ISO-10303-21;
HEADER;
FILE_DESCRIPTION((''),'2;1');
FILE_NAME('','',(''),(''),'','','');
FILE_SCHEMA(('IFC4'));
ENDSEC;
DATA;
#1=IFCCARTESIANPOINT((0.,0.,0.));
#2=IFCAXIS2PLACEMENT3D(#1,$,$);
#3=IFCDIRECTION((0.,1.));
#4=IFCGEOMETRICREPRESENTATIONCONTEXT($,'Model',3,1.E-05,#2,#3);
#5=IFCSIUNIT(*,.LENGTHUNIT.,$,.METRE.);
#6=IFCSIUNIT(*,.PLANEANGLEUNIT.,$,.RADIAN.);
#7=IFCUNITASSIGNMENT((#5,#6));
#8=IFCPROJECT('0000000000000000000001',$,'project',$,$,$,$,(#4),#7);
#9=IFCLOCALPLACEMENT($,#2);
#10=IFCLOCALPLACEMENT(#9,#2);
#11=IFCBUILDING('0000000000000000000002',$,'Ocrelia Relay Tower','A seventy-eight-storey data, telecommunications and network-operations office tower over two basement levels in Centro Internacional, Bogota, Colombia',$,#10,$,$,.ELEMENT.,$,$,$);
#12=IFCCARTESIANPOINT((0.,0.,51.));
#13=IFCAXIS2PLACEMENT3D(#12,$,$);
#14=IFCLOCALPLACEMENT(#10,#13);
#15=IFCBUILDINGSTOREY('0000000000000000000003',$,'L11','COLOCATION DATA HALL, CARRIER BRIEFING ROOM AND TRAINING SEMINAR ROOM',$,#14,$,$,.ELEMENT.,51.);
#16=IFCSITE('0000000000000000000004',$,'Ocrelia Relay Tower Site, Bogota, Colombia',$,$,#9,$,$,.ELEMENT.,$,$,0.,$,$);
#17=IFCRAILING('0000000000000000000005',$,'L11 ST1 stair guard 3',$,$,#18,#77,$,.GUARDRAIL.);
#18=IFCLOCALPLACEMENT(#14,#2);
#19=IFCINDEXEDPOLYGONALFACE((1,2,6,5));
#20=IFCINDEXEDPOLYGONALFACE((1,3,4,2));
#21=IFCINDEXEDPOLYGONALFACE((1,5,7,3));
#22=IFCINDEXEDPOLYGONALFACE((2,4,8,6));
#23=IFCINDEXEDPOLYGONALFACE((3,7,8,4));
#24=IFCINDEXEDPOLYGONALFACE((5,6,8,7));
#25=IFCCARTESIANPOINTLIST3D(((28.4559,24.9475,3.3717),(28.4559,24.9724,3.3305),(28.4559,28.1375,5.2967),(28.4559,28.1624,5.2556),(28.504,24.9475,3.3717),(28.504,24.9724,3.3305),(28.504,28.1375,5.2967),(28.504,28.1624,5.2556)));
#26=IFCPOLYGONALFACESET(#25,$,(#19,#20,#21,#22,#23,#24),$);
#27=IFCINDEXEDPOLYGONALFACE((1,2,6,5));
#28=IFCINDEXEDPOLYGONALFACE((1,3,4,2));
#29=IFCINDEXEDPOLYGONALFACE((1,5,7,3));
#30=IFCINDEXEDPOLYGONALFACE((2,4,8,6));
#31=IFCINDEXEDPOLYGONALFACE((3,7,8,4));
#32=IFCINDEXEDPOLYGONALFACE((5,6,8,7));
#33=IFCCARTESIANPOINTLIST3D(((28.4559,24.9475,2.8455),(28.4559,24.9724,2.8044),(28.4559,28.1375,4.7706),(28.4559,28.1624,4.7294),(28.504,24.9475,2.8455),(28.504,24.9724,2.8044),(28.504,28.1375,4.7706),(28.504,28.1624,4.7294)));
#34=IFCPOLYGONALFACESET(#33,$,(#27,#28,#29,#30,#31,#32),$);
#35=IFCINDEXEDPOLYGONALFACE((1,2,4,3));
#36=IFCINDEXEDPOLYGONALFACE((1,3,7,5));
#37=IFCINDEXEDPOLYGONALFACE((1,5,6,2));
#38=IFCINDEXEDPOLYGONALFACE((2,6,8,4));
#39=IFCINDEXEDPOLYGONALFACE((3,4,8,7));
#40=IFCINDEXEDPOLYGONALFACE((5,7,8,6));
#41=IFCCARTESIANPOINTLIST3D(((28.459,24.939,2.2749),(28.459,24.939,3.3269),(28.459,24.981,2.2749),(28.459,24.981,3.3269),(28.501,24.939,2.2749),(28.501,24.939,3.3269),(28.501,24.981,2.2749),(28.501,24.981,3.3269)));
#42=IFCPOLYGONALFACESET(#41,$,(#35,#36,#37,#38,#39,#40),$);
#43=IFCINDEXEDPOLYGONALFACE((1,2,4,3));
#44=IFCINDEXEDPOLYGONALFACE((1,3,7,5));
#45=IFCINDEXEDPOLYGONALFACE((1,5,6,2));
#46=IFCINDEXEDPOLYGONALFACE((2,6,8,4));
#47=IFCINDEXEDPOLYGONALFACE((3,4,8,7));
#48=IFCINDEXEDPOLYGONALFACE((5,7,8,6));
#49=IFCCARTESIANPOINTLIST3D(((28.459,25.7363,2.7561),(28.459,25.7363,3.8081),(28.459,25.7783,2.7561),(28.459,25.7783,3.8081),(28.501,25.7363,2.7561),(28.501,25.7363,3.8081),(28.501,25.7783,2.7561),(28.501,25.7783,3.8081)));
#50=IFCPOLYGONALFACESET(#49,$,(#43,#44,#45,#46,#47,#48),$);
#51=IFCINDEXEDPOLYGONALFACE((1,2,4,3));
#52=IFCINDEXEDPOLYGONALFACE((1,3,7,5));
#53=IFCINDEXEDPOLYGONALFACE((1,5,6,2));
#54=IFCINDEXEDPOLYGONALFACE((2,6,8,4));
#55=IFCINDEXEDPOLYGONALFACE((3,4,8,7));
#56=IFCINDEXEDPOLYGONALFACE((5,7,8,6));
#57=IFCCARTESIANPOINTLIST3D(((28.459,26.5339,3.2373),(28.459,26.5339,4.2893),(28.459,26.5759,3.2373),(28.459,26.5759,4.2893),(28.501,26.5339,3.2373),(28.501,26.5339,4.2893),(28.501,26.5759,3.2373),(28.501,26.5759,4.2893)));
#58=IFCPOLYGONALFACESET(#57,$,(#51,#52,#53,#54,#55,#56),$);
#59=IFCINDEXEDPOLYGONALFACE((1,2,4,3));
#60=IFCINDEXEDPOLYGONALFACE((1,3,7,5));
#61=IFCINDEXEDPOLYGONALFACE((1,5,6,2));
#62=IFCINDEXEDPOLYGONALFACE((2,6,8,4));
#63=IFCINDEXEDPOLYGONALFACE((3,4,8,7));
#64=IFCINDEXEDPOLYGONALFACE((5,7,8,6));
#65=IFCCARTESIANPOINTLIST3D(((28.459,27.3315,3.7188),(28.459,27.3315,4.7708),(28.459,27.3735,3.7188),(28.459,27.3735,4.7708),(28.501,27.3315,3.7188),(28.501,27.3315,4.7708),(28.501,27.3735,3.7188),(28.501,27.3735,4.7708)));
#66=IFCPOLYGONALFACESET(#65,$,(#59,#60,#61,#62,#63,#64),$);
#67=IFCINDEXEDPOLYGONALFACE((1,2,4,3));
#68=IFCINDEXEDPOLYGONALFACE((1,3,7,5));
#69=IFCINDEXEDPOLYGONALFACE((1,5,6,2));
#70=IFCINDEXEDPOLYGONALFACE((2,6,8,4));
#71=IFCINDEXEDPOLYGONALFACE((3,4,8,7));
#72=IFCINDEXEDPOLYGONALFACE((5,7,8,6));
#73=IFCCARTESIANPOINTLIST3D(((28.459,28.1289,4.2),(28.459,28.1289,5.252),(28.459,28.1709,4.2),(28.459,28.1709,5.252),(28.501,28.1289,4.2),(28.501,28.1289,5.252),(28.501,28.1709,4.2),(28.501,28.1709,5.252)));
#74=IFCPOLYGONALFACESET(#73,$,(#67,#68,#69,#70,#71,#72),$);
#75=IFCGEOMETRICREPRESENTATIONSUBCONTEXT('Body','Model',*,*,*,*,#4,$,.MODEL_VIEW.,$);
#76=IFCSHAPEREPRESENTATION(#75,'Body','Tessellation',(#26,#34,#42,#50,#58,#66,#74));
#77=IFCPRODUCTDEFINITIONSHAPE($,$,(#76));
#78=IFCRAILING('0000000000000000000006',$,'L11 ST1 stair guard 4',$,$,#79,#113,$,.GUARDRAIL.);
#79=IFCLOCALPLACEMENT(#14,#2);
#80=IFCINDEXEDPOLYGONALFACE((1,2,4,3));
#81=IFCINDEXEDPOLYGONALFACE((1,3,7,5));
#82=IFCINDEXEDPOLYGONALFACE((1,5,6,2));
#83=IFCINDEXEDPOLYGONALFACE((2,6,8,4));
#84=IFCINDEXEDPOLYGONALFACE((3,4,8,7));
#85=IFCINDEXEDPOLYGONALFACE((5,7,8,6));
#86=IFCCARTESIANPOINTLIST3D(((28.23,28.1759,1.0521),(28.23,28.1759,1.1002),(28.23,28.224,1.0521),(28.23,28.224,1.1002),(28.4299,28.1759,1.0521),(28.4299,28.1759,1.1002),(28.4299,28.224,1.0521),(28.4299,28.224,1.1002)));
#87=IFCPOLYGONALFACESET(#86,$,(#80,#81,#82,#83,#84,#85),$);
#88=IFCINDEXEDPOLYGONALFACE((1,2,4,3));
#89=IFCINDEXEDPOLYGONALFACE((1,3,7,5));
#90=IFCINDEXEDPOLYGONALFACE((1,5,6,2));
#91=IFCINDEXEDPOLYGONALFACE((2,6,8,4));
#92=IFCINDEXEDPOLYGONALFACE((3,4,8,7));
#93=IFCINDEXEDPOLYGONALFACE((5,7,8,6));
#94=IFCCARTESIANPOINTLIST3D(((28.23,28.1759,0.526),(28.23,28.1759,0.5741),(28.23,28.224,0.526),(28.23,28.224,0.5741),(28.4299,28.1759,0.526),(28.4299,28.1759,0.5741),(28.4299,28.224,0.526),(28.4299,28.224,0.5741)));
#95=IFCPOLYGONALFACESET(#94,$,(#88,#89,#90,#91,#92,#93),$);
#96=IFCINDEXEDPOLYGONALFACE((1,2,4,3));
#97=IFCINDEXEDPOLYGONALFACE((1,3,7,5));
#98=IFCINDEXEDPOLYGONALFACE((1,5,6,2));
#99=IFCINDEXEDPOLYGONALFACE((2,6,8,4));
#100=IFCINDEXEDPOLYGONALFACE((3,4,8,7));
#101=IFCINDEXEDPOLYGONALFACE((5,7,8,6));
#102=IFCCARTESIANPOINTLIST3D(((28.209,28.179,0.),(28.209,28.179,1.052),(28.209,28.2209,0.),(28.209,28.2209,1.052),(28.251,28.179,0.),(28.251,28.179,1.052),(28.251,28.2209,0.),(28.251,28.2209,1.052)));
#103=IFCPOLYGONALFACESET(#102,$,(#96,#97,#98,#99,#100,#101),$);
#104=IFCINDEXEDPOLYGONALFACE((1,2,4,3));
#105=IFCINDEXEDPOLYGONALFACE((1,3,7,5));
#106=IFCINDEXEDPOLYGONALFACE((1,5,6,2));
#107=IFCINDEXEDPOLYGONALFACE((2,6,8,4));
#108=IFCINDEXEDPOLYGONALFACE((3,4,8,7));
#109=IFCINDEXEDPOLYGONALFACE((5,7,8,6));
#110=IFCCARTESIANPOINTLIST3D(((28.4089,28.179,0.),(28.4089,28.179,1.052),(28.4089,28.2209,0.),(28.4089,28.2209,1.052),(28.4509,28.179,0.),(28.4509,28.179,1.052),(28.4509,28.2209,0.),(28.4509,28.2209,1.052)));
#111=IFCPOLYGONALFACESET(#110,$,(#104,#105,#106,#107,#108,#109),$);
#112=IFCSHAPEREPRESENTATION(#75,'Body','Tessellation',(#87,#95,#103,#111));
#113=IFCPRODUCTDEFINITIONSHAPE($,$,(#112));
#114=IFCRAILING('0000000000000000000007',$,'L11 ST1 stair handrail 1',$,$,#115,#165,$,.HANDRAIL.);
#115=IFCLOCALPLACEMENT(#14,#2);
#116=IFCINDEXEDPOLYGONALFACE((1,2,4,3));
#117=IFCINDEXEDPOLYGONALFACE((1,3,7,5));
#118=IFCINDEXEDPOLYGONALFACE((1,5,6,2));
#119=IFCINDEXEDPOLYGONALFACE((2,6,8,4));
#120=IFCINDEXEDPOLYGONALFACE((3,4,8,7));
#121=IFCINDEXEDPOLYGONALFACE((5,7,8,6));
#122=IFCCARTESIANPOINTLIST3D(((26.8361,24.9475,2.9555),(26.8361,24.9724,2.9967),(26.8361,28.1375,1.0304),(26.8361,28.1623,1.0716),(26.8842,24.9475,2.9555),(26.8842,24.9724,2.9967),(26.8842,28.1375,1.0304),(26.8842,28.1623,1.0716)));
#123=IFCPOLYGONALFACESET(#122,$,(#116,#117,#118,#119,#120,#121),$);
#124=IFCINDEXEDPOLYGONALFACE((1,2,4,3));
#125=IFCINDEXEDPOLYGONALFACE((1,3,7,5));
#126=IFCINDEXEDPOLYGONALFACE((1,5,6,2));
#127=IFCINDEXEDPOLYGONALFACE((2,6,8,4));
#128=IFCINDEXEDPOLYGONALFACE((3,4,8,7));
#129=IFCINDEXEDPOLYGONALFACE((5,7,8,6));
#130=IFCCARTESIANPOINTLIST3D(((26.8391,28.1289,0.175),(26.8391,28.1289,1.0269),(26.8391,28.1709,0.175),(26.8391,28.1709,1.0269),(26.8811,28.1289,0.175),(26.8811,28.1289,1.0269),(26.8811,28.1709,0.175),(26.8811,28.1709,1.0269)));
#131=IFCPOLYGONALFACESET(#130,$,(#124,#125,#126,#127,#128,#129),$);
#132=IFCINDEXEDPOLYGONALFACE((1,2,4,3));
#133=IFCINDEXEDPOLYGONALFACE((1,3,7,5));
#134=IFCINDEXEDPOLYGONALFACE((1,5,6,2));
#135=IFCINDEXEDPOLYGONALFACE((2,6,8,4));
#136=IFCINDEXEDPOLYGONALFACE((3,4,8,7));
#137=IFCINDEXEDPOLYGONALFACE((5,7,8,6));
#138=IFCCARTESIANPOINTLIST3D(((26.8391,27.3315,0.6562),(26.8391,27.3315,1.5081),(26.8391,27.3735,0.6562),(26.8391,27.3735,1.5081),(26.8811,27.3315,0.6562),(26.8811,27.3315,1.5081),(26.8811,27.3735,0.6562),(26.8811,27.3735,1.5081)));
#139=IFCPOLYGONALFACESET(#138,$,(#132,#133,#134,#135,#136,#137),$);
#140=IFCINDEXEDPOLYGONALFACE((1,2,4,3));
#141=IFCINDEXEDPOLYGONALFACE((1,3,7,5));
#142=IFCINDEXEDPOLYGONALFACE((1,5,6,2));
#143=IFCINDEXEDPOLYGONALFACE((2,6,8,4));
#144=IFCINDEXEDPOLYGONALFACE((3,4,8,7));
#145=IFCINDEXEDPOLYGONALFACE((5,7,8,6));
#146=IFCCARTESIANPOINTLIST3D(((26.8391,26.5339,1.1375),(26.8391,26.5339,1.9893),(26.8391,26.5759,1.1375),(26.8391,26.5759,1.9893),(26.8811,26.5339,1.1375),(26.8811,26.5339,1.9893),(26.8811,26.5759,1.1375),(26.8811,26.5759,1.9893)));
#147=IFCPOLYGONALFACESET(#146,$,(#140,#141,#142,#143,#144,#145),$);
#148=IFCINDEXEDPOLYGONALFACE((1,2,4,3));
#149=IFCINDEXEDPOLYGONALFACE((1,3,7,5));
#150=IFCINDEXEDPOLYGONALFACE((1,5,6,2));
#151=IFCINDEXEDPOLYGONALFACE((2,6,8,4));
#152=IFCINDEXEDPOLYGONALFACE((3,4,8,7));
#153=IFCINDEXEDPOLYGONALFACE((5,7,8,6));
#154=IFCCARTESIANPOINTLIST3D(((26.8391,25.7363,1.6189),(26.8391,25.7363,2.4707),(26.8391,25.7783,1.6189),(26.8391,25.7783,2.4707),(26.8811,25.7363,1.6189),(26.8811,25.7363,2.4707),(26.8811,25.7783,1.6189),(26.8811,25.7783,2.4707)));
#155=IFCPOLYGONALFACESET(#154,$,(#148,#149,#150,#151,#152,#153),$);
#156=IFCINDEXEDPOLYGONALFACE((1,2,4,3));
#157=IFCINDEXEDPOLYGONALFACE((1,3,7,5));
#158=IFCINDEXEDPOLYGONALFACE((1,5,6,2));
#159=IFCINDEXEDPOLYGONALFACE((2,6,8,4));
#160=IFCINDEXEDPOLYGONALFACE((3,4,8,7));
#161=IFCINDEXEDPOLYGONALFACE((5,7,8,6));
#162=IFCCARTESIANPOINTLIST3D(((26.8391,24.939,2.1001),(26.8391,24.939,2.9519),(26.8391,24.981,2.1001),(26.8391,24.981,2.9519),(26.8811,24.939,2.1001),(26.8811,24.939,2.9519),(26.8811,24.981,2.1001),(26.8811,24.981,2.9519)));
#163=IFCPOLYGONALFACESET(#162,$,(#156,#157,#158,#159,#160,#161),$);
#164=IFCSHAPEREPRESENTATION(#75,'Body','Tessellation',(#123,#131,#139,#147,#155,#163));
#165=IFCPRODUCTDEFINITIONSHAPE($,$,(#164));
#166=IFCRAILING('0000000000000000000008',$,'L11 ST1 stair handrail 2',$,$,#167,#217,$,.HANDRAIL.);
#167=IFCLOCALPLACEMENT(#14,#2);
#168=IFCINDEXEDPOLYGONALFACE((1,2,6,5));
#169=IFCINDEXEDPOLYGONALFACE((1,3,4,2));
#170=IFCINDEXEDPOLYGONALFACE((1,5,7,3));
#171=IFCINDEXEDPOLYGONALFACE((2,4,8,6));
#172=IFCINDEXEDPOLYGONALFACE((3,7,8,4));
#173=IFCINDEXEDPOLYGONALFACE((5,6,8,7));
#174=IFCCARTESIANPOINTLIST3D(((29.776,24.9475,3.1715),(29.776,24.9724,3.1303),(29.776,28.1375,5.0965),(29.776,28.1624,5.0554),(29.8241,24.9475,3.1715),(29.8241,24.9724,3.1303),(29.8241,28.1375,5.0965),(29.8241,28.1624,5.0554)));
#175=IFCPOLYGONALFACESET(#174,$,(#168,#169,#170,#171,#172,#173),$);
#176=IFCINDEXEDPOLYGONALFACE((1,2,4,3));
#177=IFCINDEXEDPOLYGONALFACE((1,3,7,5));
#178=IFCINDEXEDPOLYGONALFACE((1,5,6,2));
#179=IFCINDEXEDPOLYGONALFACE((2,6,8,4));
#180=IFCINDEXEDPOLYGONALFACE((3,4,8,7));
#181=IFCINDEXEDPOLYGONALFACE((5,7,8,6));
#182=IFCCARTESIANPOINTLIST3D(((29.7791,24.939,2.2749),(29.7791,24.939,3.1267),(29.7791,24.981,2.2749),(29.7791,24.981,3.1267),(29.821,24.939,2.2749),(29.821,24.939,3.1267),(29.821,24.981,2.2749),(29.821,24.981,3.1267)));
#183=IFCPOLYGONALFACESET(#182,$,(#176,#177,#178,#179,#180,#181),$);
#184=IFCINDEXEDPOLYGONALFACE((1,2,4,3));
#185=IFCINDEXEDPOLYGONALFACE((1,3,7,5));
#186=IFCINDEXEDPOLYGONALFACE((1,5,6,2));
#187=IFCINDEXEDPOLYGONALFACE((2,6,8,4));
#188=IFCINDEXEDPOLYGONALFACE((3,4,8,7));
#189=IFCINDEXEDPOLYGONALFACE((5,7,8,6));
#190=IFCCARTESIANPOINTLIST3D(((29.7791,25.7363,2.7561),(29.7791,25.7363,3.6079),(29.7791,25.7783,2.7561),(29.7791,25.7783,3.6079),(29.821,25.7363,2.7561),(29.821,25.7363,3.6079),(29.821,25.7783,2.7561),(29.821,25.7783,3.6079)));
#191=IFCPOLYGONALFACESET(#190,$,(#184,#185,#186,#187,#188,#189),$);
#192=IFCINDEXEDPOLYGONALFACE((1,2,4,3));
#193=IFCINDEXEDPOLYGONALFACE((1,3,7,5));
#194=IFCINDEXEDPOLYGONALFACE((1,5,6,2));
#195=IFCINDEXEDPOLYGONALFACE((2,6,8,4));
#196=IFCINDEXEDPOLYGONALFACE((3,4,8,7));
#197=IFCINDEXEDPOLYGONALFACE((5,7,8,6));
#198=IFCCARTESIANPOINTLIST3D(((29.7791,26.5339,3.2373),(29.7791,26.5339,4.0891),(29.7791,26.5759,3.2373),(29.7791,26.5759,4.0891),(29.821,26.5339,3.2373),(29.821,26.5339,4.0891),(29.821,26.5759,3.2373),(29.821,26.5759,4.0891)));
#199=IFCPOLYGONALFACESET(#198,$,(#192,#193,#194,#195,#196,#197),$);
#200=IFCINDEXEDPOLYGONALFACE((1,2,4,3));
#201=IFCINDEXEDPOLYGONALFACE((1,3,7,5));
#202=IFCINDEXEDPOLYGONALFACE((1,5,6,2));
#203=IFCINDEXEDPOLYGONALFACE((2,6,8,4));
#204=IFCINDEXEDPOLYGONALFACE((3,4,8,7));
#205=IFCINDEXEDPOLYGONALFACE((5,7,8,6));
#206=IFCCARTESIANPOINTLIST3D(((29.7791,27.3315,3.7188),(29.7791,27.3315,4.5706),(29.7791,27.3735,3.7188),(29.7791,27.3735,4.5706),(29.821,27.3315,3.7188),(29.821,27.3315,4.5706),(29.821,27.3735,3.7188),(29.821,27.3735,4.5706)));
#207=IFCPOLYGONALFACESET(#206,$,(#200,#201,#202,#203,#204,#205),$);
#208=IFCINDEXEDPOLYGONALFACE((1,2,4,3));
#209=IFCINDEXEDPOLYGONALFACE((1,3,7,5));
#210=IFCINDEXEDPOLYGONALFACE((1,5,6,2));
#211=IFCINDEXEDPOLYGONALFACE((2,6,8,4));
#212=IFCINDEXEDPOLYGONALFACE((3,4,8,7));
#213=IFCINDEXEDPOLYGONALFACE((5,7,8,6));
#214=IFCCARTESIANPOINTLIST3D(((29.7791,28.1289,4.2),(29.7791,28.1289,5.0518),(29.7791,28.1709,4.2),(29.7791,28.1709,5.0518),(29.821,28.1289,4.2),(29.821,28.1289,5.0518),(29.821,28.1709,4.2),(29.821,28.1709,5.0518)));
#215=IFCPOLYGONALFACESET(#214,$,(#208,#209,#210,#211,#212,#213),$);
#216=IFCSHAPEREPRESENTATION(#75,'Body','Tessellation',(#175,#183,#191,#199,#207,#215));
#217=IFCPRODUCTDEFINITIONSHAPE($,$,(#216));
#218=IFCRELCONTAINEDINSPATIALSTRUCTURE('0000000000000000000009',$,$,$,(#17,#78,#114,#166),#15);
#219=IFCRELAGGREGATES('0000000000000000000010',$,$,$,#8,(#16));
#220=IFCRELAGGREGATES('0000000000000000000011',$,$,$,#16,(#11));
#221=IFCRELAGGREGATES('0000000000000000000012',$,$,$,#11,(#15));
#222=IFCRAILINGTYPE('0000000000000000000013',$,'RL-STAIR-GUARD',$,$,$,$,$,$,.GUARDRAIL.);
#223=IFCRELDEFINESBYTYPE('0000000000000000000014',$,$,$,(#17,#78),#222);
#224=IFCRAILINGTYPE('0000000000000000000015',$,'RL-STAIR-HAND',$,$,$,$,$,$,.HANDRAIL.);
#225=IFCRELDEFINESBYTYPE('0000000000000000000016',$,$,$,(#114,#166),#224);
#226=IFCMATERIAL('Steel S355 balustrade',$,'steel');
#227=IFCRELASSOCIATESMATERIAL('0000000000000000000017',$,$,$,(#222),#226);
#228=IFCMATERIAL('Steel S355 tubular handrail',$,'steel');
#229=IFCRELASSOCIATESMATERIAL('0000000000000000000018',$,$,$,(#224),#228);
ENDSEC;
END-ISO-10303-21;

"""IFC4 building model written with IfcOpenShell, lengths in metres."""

from ifc_helpers import new_model, si_unit, direction, frame, origin, origin_2d, place, context, subcontext, project, spatial, rectangle, extrude, material, type_object, element, save


model = new_model("IFC4")

# Units and contexts
model_context = context("Model", 3, precision=1e-05, world=origin(), true_north=direction((0.0, 1.0)))
body_context = subcontext(model_context, "Body", "Model", "MODEL_VIEW")
ifc_project = project(units=[si_unit("LENGTHUNIT", "METRE"), si_unit("PLANEANGLEUNIT", "RADIAN")], contexts=[model_context])

# Site, building, storey
site_placement = place(None, origin())
site = spatial("IfcSite", under=ifc_project, at=site_placement, Name="Ocrelia Relay Tower Site, Bogota, Colombia", CompositionType="ELEMENT", RefElevation=0.0)
building_placement = place(site_placement, origin())
building = spatial("IfcBuilding", under=site, at=building_placement, Name="Ocrelia Relay Tower", Description="A seventy-eight-storey data, telecommunications and network-operations office tower over two basement levels in Centro Internacional, Bogota, Colombia", CompositionType="ELEMENT")
storey_placement = place(building_placement, frame((0.0, 0.0, 51.0)))
storey = spatial("IfcBuildingStorey", under=building, at=storey_placement, Name="L11", Description="COLOCATION DATA HALL, CARRIER BRIEFING ROOM AND TRAINING SEMINAR ROOM", CompositionType="ELEMENT", Elevation=51.0)

# Railings
ifc_material_1 = material(Name="Steel S355 balustrade", Category="steel")
railing_type_1 = type_object("IfcRailingType", Name="RL-STAIR-GUARD", PredefinedType="GUARDRAIL", material=ifc_material_1)
railing_1_placement = place(storey_placement, frame((28.48, 24.96, 2.2749)))
element("IfcRailing", 1, at=railing_1_placement, inside=storey, type_object=railing_type_1, Name="L11 ST1 stair guard 3", PredefinedType="GUARDRAIL", context=body_context, shape_type="SweptSolid", body=[
    extrude(rectangle(XDim=0.0481, YDim=0.0481, at=origin_2d()), frame((0.0, 0.0, 1.0762), z_axis=(0.0, 0.856178, 0.516682), x_axis=(-1.0, 0.0, 0.0)), (0.0, 0.0, 1.0), 3.7258),
    extrude(rectangle(XDim=0.0481, YDim=0.0481, at=origin_2d()), frame((0.0, 0.0, 0.55), z_axis=(0.0, 0.856178, 0.516682), x_axis=(-1.0, 0.0, 0.0)), (0.0, 0.0, 1.0), 3.7258),
    extrude(rectangle(XDim=0.042, YDim=0.042, at=origin_2d()), origin(), (0.0, 0.0, 1.0), 1.052),
    extrude(rectangle(XDim=0.042, YDim=0.042, at=origin_2d()), frame((0.0, 0.7974, 0.4812)), (0.0, 0.0, 1.0), 1.052),
    extrude(rectangle(XDim=0.042, YDim=0.042, at=origin_2d()), frame((0.0, 1.595, 0.9624)), (0.0, 0.0, 1.0), 1.052),
    extrude(rectangle(XDim=0.042, YDim=0.042, at=origin_2d()), frame((0.0, 2.3926, 1.4438)), (0.0, 0.0, 1.0), 1.052),
    extrude(rectangle(XDim=0.042, YDim=0.042, at=origin_2d()), frame((0.0, 3.1899, 1.925)), (0.0, 0.0, 1.0), 1.052),
])
railing_2_placement = place(storey_placement, frame((28.23, 28.2, 0.0)))
element("IfcRailing", 2, at=railing_2_placement, inside=storey, type_object=railing_type_1, Name="L11 ST1 stair guard 4", PredefinedType="GUARDRAIL", context=body_context, shape_type="SweptSolid", body=[
    extrude(rectangle(XDim=0.0481, YDim=0.0481, at=origin_2d()), frame((0.0, 0.0, 1.0762), z_axis=(1.0, 0.0, 0.0), x_axis=(0.0, 1.0, 0.0)), (0.0, 0.0, 1.0), 0.2),
    extrude(rectangle(XDim=0.0481, YDim=0.0481, at=origin_2d()), frame((0.0, 0.0, 0.55), z_axis=(1.0, 0.0, 0.0), x_axis=(0.0, 1.0, 0.0)), (0.0, 0.0, 1.0), 0.2),
    extrude(rectangle(XDim=0.042, YDim=0.042, at=origin_2d()), origin(), (0.0, 0.0, 1.0), 1.052),
    extrude(rectangle(XDim=0.042, YDim=0.042, at=origin_2d()), frame((0.2, 0.0, 0.0)), (0.0, 0.0, 1.0), 1.052),
])
ifc_material_2 = material(Name="Steel S355 tubular handrail", Category="steel")
railing_type_2 = type_object("IfcRailingType", Name="RL-STAIR-HAND", PredefinedType="HANDRAIL", material=ifc_material_2)
railing_3_placement = place(storey_placement, frame((26.8601, 28.1499, 0.175)))
element("IfcRailing", 3, at=railing_3_placement, inside=storey, type_object=railing_type_2, Name="L11 ST1 stair handrail 1", PredefinedType="HANDRAIL", context=body_context, shape_type="SweptSolid", body=[
    extrude(rectangle(XDim=0.0481, YDim=0.0481, at=origin_2d()), frame((0.0, 0.0, 0.876), z_axis=(0.0, -0.856178, 0.516682), x_axis=(1.0, 0.0, 0.0)), (0.0, 0.0, 1.0), 3.7258),
    extrude(rectangle(XDim=0.042, YDim=0.042, at=origin_2d()), origin(), (0.0, 0.0, 1.0), 0.8518),
    extrude(rectangle(XDim=0.042, YDim=0.042, at=origin_2d()), frame((0.0, -0.7974, 0.4812)), (0.0, 0.0, 1.0), 0.8518),
    extrude(rectangle(XDim=0.042, YDim=0.042, at=origin_2d()), frame((0.0, -1.595, 0.9624)), (0.0, 0.0, 1.0), 0.8518),
    extrude(rectangle(XDim=0.042, YDim=0.042, at=origin_2d()), frame((0.0, -2.3926, 1.4438)), (0.0, 0.0, 1.0), 0.8518),
    extrude(rectangle(XDim=0.042, YDim=0.042, at=origin_2d()), frame((0.0, -3.1899, 1.925)), (0.0, 0.0, 1.0), 0.8518),
])
railing_4_placement = place(storey_placement, frame((29.8, 24.96, 2.2749)))
element("IfcRailing", 4, at=railing_4_placement, inside=storey, type_object=railing_type_2, Name="L11 ST1 stair handrail 2", PredefinedType="HANDRAIL", context=body_context, shape_type="SweptSolid", body=[
    extrude(rectangle(XDim=0.0481, YDim=0.0481, at=origin_2d()), frame((0.0, 0.0, 0.876), z_axis=(0.0, 0.856178, 0.516682), x_axis=(-1.0, 0.0, 0.0)), (0.0, 0.0, 1.0), 3.7258),
    extrude(rectangle(XDim=0.042, YDim=0.042, at=origin_2d()), origin(), (0.0, 0.0, 1.0), 0.8518),
    extrude(rectangle(XDim=0.042, YDim=0.042, at=origin_2d()), frame((0.0, 0.7974, 0.4812)), (0.0, 0.0, 1.0), 0.8518),
    extrude(rectangle(XDim=0.042, YDim=0.042, at=origin_2d()), frame((0.0, 1.595, 0.9624)), (0.0, 0.0, 1.0), 0.8518),
    extrude(rectangle(XDim=0.042, YDim=0.042, at=origin_2d()), frame((0.0, 2.3926, 1.4438)), (0.0, 0.0, 1.0), 0.8518),
    extrude(rectangle(XDim=0.042, YDim=0.042, at=origin_2d()), frame((0.0, 3.1899, 1.925)), (0.0, 0.0, 1.0), 0.8518),
])

save(model, "model.ifc")
